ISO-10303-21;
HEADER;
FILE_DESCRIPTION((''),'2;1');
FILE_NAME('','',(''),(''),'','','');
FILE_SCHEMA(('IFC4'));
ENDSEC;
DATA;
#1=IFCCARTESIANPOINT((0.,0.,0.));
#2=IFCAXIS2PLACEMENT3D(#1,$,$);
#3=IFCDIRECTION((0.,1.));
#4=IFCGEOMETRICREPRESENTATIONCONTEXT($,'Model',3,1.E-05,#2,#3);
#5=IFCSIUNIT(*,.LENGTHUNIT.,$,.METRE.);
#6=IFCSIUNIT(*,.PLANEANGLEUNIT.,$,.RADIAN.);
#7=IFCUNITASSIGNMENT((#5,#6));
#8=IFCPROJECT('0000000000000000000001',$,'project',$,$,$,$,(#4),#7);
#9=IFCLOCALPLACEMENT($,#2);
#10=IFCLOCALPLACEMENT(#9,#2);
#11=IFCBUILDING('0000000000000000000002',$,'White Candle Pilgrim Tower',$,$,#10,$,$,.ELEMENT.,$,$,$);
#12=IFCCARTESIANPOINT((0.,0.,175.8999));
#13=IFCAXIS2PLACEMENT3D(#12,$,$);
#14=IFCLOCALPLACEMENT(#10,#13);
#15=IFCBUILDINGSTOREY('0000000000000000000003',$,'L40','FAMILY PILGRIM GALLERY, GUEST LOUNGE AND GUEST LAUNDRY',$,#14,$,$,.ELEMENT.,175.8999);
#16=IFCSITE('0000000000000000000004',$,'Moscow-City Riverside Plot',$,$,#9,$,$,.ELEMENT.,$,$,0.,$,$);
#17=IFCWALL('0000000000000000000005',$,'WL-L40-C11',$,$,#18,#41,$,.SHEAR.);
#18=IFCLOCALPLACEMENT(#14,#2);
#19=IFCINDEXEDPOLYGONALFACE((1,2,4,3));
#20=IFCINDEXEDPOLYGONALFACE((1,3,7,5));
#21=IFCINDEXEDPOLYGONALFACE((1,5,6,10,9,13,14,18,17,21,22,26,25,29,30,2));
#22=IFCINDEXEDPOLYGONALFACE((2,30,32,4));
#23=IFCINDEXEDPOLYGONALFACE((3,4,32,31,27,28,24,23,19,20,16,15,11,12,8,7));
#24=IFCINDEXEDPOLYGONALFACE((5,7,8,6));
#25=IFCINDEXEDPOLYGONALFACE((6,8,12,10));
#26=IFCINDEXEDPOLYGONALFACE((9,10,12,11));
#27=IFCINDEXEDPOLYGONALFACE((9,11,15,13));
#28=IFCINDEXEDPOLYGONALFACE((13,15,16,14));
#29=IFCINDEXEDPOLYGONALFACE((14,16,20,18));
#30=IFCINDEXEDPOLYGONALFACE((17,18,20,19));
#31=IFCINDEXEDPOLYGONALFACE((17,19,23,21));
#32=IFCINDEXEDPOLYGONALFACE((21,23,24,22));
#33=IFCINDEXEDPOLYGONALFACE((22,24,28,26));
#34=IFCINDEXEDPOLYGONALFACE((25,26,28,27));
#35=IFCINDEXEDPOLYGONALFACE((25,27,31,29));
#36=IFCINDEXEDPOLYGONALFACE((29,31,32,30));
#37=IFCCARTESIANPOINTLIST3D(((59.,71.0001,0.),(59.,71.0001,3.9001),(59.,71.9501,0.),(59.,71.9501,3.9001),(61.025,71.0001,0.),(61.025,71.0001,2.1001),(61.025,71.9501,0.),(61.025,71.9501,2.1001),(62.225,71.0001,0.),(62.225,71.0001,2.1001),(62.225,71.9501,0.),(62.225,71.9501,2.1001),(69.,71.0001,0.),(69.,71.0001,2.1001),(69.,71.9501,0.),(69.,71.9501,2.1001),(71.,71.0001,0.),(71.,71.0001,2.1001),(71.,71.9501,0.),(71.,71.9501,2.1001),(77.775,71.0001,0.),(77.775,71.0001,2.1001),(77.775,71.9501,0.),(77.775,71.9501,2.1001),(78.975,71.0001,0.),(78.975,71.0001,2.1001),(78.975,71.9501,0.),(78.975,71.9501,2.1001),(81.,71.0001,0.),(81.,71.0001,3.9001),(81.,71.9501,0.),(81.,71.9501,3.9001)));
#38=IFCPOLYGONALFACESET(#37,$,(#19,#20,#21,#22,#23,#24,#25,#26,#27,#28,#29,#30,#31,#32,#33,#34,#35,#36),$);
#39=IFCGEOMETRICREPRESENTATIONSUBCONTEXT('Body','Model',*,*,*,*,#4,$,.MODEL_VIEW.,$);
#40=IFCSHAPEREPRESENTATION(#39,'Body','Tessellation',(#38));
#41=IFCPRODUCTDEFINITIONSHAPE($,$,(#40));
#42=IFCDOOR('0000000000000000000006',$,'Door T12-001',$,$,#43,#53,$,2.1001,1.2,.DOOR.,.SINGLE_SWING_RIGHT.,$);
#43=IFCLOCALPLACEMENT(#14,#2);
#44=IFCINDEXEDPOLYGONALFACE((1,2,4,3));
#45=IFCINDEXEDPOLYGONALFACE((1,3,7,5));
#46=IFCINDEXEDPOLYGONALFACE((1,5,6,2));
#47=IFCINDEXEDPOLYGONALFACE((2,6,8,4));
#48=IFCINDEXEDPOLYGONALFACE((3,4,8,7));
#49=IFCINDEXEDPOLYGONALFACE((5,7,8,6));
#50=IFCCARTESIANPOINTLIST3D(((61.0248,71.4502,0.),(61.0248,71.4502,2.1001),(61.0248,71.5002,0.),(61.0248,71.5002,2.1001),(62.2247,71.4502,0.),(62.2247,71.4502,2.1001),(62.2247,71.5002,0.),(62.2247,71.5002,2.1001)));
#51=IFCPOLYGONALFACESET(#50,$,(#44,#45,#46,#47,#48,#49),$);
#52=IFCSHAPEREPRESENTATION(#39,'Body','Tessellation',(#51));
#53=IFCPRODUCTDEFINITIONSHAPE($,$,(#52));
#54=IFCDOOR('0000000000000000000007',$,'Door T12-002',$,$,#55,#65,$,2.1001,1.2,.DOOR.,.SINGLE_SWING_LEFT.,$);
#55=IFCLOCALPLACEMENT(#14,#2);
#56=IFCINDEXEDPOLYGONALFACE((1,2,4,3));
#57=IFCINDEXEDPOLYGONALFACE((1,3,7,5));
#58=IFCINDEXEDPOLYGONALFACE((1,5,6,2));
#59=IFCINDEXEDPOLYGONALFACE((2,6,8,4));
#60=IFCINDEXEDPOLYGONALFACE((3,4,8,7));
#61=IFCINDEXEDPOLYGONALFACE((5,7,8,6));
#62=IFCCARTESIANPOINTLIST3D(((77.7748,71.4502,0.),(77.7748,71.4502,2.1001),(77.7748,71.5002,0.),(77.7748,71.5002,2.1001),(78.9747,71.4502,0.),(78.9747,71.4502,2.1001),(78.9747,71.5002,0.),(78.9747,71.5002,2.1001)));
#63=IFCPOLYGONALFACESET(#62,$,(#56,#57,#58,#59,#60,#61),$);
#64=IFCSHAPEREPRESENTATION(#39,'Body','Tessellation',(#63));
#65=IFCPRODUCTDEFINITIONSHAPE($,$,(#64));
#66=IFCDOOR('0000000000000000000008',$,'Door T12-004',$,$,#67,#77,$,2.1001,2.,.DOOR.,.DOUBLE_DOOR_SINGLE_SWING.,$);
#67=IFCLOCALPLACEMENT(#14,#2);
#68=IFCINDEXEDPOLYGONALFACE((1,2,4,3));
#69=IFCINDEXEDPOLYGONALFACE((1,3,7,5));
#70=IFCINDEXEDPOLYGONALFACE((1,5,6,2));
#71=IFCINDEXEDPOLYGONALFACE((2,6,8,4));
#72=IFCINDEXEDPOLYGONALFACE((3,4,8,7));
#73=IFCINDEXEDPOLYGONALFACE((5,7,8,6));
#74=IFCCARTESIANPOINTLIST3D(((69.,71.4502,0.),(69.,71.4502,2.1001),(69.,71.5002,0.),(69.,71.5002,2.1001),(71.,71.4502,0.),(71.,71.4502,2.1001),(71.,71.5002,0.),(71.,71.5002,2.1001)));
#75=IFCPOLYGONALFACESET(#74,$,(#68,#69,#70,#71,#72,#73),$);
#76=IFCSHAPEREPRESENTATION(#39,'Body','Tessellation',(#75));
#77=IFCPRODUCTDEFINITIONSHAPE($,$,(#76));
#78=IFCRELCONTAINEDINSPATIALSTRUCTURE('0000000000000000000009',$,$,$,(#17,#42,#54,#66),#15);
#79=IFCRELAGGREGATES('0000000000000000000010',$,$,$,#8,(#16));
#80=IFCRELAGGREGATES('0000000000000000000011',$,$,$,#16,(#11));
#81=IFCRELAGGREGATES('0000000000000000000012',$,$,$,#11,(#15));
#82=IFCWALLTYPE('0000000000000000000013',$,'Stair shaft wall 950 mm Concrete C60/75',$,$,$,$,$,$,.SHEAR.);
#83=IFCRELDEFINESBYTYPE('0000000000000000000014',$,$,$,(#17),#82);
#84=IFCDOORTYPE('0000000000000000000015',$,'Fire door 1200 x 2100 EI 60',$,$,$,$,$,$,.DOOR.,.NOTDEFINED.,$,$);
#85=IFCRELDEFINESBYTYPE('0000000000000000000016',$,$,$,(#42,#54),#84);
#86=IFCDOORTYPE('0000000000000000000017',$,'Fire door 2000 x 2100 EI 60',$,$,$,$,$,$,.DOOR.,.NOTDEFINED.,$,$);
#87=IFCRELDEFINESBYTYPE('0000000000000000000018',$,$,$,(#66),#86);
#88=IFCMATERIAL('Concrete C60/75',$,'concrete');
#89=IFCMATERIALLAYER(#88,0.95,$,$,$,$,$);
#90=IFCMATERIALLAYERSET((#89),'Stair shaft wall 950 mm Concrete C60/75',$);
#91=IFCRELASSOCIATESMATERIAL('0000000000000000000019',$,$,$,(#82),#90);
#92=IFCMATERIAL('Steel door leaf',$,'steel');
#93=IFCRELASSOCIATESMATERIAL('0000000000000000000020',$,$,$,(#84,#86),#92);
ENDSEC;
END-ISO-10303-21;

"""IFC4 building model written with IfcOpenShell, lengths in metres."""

from ifc_helpers import new_model, si_unit, direction, frame, frame_2d, origin, place, context, subcontext, project, spatial, rectangle, extrude, material, layer, layer_set, type_object, element, fill, save


model = new_model("IFC4")

# Units and contexts
model_context = context("Model", 3, precision=1e-05, world=origin(), true_north=direction((0.0, 1.0)))
body_context = subcontext(model_context, "Body", "Model", "MODEL_VIEW")
ifc_project = project(units=[si_unit("LENGTHUNIT", "METRE"), si_unit("PLANEANGLEUNIT", "RADIAN")], contexts=[model_context])

# Site, building, storey
site_placement = place(None, origin())
site = spatial("IfcSite", under=ifc_project, at=site_placement, Name="Moscow-City Riverside Plot", CompositionType="ELEMENT", RefElevation=0.0)
building_placement = place(site_placement, origin())
building = spatial("IfcBuilding", under=site, at=building_placement, Name="White Candle Pilgrim Tower", CompositionType="ELEMENT")
storey_placement = place(building_placement, frame((0.0, 0.0, 175.8999)))
storey = spatial("IfcBuildingStorey", under=building, at=storey_placement, Name="L40", Description="FAMILY PILGRIM GALLERY, GUEST LOUNGE AND GUEST LAUNDRY", CompositionType="ELEMENT", Elevation=175.8999)

# Shared definitions
ifc_material_1 = material(Name="Steel door leaf", Category="steel")

# Shared definitions
ifc_material_2 = material(Name="Concrete C60/75", Category="concrete")

# Wall, openings, doors
ifc_layer_1 = layer(ifc_material_2, 0.95)
ifc_layer_set_1 = layer_set([ifc_layer_1], Name="Stair shaft wall 950 mm Concrete C60/75")
wall_type_1 = type_object("IfcWallType", Name="Stair shaft wall 950 mm Concrete C60/75", PredefinedType="SHEAR", material=ifc_layer_set_1)
wall_1_placement = place(storey_placement, frame((59.0, 71.4751, 0.0), z_axis=(0.0, 0.0, 1.0), x_axis=(1.0, 0.0, 0.0)))
wall_1 = element("IfcWall", 1, at=wall_1_placement, inside=storey, type_object=wall_type_1, Name="WL-L40-C11", PredefinedType="SHEAR", context=body_context, shape_type="SweptSolid", body=[
    extrude(rectangle(XDim=22.0, YDim=0.95, at=frame_2d((11.0, 0.0))), origin(), (0.0, 0.0, 1.0), 3.9001),
])
opening_1_placement = place(wall_1_placement, frame((2.0249, 0.0, 0.0)))
opening_1 = element("IfcOpeningElement", 2, at=opening_1_placement, cuts=wall_1, PredefinedType="OPENING", context=body_context, shape_type="SweptSolid", body=[
    extrude(rectangle(XDim=1.2, YDim=2.1001, at=frame_2d((0.6001, 1.05))), frame((0.0, 0.4849, 0.0), z_axis=(0.0, -1.0, 0.0), x_axis=(1.0, 0.0, 0.0)), (0.0, 0.0, 1.0), 0.97),
])
opening_2_placement = place(wall_1_placement, frame((18.7749, 0.0, 0.0)))
opening_2 = element("IfcOpeningElement", 3, at=opening_2_placement, cuts=wall_1, PredefinedType="OPENING", context=body_context, shape_type="SweptSolid", body=[
    extrude(rectangle(XDim=1.2, YDim=2.1001, at=frame_2d((0.6001, 1.05))), frame((0.0, 0.4849, 0.0), z_axis=(0.0, -1.0, 0.0), x_axis=(1.0, 0.0, 0.0)), (0.0, 0.0, 1.0), 0.97),
])
opening_3_placement = place(wall_1_placement, frame((10.0, 0.0, 0.0)))
opening_3 = element("IfcOpeningElement", 4, at=opening_3_placement, cuts=wall_1, PredefinedType="OPENING", context=body_context, shape_type="SweptSolid", body=[
    extrude(rectangle(XDim=2.0, YDim=2.1001, at=frame_2d((1.0, 1.05))), frame((0.0, 0.4849, 0.0), z_axis=(0.0, -1.0, 0.0), x_axis=(1.0, 0.0, 0.0)), (0.0, 0.0, 1.0), 0.97),
])
door_type_1 = type_object("IfcDoorType", Name="Fire door 1200 x 2100 EI 60", OperationType="NOTDEFINED", PredefinedType="DOOR", material=ifc_material_1)
door_1_placement = place(opening_1_placement, frame((1.2, 0.0, 0.0), z_axis=(0.0, 0.0, 1.0), x_axis=(-1.0, 0.0, 0.0)))
door_1 = element("IfcDoor", 5, at=door_1_placement, inside=storey, type_object=door_type_1, Name="Door T12-001", OperationType="SINGLE_SWING_RIGHT", OverallHeight=2.1001, OverallWidth=1.2, PredefinedType="DOOR", context=body_context, shape_type="SweptSolid", body=[
    extrude(rectangle(XDim=1.2, YDim=2.1001, at=frame_2d((0.6001, 1.05))), frame((0.0, 0.0249, 0.0), z_axis=(0.0, -1.0, 0.0), x_axis=(1.0, 0.0, 0.0)), (0.0, 0.0, 1.0), 0.05),
])
fill(opening_1, door_1)
door_2_placement = place(opening_2_placement, frame((1.2, 0.0, 0.0), z_axis=(0.0, 0.0, 1.0), x_axis=(-1.0, 0.0, 0.0)))
door_2 = element("IfcDoor", 6, at=door_2_placement, inside=storey, type_object=door_type_1, Name="Door T12-002", OperationType="SINGLE_SWING_LEFT", OverallHeight=2.1001, OverallWidth=1.2, PredefinedType="DOOR", context=body_context, shape_type="SweptSolid", body=[
    extrude(rectangle(XDim=1.2, YDim=2.1001, at=frame_2d((0.6001, 1.05))), frame((0.0, 0.0249, 0.0), z_axis=(0.0, -1.0, 0.0), x_axis=(1.0, 0.0, 0.0)), (0.0, 0.0, 1.0), 0.05),
])
fill(opening_2, door_2)
door_type_2 = type_object("IfcDoorType", Name="Fire door 2000 x 2100 EI 60", OperationType="NOTDEFINED", PredefinedType="DOOR", material=ifc_material_1)
door_3_placement = place(opening_3_placement, frame((2.0, 0.0, 0.0), z_axis=(0.0, 0.0, 1.0), x_axis=(-1.0, 0.0, 0.0)))
door_3 = element("IfcDoor", 7, at=door_3_placement, inside=storey, type_object=door_type_2, Name="Door T12-004", OperationType="DOUBLE_DOOR_SINGLE_SWING", OverallHeight=2.1001, OverallWidth=2.0, PredefinedType="DOOR", context=body_context, shape_type="SweptSolid", body=[
    extrude(rectangle(XDim=2.0, YDim=2.1001, at=frame_2d((1.0, 1.05))), frame((0.0, 0.0249, 0.0), z_axis=(0.0, -1.0, 0.0), x_axis=(1.0, 0.0, 0.0)), (0.0, 0.0, 1.0), 0.05),
])
fill(opening_3, door_3)

save(model, "model.ifc")
